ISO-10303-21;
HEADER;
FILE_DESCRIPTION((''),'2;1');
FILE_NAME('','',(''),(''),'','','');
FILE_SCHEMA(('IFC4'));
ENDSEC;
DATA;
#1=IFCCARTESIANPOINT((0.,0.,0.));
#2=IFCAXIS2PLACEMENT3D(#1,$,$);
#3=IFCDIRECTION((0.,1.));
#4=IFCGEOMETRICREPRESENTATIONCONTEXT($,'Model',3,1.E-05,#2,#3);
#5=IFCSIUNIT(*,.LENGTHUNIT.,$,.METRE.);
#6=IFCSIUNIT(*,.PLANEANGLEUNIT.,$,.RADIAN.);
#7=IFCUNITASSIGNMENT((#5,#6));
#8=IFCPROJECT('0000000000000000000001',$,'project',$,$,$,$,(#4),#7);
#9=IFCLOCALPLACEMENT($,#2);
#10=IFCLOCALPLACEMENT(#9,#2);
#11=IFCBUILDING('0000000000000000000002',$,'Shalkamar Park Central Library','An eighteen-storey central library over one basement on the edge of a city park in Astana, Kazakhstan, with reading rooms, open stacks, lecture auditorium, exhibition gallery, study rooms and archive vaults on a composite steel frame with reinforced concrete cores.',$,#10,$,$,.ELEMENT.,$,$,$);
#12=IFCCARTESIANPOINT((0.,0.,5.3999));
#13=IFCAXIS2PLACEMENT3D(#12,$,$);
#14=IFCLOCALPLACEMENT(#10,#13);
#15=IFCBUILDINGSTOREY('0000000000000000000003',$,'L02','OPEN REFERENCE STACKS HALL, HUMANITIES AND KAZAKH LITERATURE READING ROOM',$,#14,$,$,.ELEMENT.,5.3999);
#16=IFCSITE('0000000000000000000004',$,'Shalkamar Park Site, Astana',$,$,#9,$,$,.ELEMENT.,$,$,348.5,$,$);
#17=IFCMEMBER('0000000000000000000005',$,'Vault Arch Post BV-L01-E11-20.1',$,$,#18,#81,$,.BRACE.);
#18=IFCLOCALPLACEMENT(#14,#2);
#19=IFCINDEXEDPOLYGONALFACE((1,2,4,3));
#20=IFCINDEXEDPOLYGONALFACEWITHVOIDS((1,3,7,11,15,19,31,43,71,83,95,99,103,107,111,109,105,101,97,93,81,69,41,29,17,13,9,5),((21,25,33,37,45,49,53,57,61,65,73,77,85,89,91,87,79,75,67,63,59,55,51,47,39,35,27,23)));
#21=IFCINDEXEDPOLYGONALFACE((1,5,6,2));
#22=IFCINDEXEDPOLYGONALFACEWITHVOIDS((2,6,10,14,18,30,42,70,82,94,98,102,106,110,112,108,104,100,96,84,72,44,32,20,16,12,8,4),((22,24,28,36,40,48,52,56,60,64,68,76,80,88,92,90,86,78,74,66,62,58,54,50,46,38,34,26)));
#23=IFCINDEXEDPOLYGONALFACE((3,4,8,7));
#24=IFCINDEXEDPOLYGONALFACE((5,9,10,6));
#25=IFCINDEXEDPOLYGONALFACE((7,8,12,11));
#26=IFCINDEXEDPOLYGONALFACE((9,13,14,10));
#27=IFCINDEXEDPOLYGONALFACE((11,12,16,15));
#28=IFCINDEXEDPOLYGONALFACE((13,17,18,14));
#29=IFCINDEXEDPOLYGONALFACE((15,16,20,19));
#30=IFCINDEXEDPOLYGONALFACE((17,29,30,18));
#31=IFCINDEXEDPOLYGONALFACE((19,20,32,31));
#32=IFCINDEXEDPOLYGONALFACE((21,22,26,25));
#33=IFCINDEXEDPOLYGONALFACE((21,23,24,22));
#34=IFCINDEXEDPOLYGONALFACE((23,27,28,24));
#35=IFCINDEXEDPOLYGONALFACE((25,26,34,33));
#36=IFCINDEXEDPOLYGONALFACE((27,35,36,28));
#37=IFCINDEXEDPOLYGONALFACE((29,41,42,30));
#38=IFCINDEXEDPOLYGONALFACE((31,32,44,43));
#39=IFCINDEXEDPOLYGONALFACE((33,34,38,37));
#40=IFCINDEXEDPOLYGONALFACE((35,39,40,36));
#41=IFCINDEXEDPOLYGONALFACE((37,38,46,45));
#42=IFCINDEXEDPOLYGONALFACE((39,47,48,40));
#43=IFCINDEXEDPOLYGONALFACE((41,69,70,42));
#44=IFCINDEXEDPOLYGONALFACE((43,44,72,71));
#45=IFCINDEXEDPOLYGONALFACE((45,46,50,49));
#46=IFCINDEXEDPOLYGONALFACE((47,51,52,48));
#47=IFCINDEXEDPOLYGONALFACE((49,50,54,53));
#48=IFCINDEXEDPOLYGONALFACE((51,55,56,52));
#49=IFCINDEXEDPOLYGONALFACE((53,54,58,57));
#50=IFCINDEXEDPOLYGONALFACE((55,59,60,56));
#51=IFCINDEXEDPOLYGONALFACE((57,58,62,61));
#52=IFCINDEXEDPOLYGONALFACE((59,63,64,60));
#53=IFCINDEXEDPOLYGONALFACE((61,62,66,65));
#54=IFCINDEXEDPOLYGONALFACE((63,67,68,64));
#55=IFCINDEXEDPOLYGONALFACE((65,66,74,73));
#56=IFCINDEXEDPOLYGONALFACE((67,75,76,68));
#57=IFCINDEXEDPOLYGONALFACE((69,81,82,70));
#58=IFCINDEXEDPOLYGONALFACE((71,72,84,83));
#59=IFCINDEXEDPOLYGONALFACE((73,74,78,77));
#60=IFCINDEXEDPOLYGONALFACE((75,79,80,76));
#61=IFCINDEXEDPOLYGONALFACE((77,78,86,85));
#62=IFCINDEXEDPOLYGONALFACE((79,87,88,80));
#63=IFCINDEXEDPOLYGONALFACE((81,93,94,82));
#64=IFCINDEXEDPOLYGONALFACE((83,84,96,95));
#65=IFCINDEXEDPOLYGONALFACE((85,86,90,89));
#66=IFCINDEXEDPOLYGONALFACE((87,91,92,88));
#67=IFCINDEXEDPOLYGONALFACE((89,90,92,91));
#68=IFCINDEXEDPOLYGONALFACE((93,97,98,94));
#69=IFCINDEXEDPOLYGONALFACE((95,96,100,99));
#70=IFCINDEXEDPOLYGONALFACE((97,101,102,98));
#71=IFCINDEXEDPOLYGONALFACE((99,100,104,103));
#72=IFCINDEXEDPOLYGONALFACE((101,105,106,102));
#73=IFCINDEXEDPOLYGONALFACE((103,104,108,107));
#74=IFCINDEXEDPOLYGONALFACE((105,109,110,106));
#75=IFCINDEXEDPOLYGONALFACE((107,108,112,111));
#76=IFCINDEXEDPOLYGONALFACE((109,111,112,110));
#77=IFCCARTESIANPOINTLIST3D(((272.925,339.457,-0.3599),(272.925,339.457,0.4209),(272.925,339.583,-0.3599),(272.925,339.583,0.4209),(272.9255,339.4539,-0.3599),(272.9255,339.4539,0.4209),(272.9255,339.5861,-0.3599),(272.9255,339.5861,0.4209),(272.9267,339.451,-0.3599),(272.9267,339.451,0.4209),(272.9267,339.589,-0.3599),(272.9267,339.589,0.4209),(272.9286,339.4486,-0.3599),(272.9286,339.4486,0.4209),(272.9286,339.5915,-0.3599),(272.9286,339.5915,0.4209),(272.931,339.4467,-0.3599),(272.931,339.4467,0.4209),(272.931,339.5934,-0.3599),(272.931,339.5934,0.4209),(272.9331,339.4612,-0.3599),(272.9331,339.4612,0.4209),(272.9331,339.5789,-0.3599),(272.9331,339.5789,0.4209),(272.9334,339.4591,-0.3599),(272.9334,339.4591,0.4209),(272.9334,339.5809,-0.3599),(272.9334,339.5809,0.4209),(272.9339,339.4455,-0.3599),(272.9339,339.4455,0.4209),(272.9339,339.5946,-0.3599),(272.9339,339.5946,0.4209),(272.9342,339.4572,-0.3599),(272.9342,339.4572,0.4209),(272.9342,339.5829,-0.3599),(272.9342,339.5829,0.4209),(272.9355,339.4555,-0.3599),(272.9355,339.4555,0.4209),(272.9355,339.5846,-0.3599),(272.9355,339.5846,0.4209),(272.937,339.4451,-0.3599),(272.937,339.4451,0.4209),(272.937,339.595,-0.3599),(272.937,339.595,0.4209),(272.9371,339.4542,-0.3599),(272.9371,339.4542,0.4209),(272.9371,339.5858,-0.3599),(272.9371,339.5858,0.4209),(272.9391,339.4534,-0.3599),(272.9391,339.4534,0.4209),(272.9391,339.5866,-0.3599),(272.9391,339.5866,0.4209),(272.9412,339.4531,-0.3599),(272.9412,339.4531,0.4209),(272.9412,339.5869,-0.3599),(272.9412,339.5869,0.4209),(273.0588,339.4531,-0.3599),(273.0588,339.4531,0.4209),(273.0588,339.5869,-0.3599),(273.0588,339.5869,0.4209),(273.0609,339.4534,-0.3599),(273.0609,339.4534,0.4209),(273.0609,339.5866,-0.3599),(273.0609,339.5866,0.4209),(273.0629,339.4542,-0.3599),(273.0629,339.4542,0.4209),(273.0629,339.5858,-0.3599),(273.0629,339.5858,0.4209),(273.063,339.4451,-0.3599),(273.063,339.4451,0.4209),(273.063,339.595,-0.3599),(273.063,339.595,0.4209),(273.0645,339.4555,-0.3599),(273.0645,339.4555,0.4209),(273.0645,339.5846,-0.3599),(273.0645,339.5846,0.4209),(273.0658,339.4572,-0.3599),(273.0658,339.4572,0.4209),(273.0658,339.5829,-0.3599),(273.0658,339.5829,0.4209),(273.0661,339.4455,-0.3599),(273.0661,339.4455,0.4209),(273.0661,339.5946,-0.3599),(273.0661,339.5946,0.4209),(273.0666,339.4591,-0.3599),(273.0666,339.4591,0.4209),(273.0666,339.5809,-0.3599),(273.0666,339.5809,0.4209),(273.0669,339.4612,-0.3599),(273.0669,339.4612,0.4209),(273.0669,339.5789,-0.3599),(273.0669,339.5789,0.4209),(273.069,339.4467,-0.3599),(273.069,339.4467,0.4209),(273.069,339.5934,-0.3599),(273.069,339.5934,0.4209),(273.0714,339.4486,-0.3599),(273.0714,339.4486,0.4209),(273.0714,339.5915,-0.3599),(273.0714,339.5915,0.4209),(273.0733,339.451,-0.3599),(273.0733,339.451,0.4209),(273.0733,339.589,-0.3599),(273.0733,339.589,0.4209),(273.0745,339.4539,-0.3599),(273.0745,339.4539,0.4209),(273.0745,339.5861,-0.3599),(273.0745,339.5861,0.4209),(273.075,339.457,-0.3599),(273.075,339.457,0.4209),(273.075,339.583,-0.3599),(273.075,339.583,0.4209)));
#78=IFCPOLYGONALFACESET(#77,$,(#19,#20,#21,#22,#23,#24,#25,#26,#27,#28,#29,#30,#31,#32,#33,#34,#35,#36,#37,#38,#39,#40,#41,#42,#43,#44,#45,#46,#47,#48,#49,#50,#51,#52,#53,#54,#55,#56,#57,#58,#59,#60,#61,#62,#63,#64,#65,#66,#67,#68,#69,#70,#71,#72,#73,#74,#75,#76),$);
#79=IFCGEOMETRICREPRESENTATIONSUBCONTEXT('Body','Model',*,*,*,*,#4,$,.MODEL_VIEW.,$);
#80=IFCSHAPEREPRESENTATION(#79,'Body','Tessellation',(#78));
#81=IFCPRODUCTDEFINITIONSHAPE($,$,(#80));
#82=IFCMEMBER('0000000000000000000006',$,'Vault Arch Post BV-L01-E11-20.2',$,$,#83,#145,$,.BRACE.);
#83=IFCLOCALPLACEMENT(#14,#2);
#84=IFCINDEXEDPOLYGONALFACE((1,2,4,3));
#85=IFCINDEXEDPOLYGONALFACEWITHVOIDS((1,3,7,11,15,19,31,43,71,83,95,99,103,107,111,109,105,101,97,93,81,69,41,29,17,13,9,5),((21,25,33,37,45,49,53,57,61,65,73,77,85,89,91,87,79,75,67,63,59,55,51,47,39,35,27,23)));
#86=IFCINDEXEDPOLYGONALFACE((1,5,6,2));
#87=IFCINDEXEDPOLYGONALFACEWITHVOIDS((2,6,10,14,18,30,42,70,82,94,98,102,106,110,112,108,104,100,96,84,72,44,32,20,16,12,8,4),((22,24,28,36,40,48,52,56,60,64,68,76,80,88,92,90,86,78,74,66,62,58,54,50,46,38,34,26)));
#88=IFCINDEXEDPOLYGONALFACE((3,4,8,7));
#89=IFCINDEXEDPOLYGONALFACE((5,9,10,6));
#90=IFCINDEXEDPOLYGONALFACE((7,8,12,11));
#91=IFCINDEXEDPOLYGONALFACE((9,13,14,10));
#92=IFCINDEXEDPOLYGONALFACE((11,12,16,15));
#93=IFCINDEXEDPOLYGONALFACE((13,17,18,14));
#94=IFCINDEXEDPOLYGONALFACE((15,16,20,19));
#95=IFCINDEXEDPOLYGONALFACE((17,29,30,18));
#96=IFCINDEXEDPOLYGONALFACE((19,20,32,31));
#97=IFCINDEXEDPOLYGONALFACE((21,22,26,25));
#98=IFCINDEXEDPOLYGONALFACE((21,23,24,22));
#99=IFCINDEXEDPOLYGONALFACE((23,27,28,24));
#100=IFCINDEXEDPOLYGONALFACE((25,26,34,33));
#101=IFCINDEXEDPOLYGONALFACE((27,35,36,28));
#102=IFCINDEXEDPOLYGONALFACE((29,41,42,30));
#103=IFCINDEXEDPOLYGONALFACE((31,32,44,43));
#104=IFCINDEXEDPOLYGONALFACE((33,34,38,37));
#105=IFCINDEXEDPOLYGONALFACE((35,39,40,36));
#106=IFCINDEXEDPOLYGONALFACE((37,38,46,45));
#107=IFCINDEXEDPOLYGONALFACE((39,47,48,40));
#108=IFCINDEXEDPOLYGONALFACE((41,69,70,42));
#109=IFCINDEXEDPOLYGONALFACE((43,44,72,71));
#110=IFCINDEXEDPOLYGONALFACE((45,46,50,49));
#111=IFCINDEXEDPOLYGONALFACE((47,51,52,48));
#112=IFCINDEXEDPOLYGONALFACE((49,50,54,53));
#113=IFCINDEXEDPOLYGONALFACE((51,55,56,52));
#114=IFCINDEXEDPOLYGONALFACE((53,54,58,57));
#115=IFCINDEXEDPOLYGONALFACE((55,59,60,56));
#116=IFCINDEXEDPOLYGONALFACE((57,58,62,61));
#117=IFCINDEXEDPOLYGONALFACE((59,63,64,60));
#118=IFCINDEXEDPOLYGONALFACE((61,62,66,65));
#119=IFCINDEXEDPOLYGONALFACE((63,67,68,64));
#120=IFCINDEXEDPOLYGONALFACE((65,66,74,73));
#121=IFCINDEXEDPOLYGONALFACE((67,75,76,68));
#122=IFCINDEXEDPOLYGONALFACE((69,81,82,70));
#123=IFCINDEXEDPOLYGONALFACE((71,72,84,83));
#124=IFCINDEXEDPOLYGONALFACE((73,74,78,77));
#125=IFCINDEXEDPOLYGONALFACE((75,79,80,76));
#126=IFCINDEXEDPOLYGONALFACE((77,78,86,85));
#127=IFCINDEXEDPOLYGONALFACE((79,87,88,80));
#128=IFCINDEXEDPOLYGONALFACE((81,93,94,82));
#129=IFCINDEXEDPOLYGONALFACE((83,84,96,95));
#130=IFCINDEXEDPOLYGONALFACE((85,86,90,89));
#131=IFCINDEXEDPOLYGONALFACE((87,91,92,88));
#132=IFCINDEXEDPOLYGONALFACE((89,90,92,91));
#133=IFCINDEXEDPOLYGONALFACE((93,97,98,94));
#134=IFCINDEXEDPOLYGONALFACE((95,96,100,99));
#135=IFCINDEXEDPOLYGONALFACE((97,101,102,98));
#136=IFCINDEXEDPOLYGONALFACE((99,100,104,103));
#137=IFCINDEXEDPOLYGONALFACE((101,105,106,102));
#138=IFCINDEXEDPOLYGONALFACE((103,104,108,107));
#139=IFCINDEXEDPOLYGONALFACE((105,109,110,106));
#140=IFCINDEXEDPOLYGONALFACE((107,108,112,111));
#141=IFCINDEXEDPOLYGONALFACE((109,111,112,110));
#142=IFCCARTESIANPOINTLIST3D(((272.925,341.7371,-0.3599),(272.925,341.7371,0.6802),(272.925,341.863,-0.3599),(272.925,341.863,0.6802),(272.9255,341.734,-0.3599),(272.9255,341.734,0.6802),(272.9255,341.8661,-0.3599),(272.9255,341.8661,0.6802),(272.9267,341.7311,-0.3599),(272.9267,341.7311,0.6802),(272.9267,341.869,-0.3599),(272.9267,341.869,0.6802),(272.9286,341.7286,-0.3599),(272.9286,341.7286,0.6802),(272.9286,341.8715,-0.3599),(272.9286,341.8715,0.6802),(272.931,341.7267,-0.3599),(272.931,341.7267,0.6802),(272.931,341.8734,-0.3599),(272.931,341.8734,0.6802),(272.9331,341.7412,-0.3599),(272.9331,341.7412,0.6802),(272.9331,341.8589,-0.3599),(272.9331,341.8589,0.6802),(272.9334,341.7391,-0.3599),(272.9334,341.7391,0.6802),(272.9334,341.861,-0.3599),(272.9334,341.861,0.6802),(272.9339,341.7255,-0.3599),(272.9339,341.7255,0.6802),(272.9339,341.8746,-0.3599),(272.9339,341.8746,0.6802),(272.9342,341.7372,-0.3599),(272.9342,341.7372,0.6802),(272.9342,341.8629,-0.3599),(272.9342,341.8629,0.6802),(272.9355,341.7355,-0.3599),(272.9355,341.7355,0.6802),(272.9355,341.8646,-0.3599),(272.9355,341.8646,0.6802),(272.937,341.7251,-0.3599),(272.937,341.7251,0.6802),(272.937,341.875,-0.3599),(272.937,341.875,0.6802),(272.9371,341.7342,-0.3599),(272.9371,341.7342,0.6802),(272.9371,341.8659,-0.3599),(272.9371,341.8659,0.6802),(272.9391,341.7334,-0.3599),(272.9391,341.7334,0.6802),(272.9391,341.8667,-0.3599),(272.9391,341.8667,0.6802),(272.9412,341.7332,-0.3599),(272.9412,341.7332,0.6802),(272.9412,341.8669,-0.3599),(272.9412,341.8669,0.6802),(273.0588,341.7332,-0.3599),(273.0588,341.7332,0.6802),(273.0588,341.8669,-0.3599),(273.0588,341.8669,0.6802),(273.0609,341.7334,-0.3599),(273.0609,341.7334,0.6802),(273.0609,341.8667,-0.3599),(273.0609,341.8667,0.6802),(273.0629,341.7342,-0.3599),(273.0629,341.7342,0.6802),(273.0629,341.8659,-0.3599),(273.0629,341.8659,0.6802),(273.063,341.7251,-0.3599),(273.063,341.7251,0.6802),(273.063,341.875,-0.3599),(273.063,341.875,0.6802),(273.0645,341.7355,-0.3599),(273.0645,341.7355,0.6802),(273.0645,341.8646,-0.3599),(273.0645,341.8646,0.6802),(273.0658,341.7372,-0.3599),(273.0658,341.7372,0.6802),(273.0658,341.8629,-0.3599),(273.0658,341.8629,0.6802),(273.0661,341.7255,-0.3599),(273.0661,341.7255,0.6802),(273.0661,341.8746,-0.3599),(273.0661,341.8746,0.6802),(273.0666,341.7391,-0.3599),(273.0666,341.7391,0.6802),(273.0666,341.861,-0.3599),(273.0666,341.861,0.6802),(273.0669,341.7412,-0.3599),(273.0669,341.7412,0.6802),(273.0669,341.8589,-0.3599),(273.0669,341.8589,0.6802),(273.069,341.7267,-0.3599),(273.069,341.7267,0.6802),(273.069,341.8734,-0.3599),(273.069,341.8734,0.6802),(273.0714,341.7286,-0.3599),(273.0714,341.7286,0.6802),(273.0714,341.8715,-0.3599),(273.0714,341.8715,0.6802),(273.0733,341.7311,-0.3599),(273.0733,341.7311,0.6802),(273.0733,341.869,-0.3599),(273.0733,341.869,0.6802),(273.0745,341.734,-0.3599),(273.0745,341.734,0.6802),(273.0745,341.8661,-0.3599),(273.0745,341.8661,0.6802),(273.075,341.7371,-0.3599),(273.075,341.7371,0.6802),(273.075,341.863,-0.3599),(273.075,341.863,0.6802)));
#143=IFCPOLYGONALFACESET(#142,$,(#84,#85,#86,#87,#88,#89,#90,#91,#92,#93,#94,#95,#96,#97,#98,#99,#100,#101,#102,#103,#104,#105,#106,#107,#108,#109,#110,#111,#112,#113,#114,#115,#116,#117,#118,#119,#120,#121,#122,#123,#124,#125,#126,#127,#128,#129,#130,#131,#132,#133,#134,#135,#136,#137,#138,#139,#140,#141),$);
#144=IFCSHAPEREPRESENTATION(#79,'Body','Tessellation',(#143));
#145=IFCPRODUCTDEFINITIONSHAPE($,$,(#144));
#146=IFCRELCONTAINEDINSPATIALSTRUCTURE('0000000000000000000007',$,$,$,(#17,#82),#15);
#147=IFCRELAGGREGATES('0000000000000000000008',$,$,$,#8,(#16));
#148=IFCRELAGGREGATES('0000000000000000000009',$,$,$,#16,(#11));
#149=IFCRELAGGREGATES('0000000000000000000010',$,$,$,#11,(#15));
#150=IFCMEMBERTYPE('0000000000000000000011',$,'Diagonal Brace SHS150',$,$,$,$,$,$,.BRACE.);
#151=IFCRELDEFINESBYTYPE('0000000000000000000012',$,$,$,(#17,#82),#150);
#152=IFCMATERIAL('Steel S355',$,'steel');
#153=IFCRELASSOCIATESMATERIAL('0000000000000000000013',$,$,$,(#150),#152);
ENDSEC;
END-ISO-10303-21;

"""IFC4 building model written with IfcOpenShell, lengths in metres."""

from ifc_helpers import new_model, si_unit, direction, frame, origin, origin_2d, place, context, subcontext, project, spatial, hollow_rectangle, extrude, material, material_profile, profile_set, type_object, element, save


model = new_model("IFC4")

# Units and contexts
model_context = context("Model", 3, precision=1e-05, world=origin(), true_north=direction((0.0, 1.0)))
body_context = subcontext(model_context, "Body", "Model", "MODEL_VIEW")
ifc_project = project(units=[si_unit("LENGTHUNIT", "METRE"), si_unit("PLANEANGLEUNIT", "RADIAN")], contexts=[model_context])

# Site, building, storey
site_placement = place(None, origin())
site = spatial("IfcSite", under=ifc_project, at=site_placement, Name="Shalkamar Park Site, Astana", CompositionType="ELEMENT", RefElevation=348.5)
building_placement = place(site_placement, origin())
building = spatial("IfcBuilding", under=site, at=building_placement, Name="Shalkamar Park Central Library", Description="An eighteen-storey central library over one basement on the edge of a city park in Astana, Kazakhstan, with reading rooms, open stacks, lecture auditorium, exhibition gallery, study rooms and archive vaults on a composite steel frame with reinforced concrete cores.", CompositionType="ELEMENT")
storey_placement = place(building_placement, frame((0.0, 0.0, 5.3999)))
storey = spatial("IfcBuildingStorey", under=building, at=storey_placement, Name="L02", Description="OPEN REFERENCE STACKS HALL, HUMANITIES AND KAZAKH LITERATURE READING ROOM", CompositionType="ELEMENT", Elevation=5.3999)

# Members
ifc_material_1 = material(Name="Steel S355", Category="steel")
ifc_material_profile_1 = material_profile(ifc_material_1, hollow_rectangle(XDim=0.1499, YDim=0.1499, WallThickness=0.0081, InnerFilletRadius=0.0081, OuterFilletRadius=0.012, at=origin_2d()), Name="SHS 150x150x8")
ifc_profile_set_1 = profile_set([ifc_material_profile_1], Name="Steel S355")
member_type_1 = type_object("IfcMemberType", Name="Diagonal Brace SHS150", PredefinedType="BRACE", material=ifc_profile_set_1)
member_1_placement = place(storey_placement, frame((273.0, 339.52, -0.3599), z_axis=(0.0, 0.0, 1.0), x_axis=(1.0, 0.0, 0.0)))
element("IfcMember", 1, at=member_1_placement, inside=storey, type_object=member_type_1, Name="Vault Arch Post BV-L01-E11-20.1", PredefinedType="BRACE", context=body_context, shape_type="SweptSolid", body=[
    extrude(hollow_rectangle(XDim=0.1499, YDim=0.1499, WallThickness=0.0081, InnerFilletRadius=0.0081, OuterFilletRadius=0.012, at=origin_2d()), origin(), (0.0, 0.0, 1.0), 0.7808),
])
member_2_placement = place(storey_placement, frame((273.0, 341.8, -0.3599), z_axis=(0.0, 0.0, 1.0), x_axis=(1.0, 0.0, 0.0)))
element("IfcMember", 2, at=member_2_placement, inside=storey, type_object=member_type_1, Name="Vault Arch Post BV-L01-E11-20.2", PredefinedType="BRACE", context=body_context, shape_type="SweptSolid", body=[
    extrude(hollow_rectangle(XDim=0.1499, YDim=0.1499, WallThickness=0.0081, InnerFilletRadius=0.0081, OuterFilletRadius=0.012, at=origin_2d()), origin(), (0.0, 0.0, 1.0), 1.04),
])

save(model, "model.ifc")
